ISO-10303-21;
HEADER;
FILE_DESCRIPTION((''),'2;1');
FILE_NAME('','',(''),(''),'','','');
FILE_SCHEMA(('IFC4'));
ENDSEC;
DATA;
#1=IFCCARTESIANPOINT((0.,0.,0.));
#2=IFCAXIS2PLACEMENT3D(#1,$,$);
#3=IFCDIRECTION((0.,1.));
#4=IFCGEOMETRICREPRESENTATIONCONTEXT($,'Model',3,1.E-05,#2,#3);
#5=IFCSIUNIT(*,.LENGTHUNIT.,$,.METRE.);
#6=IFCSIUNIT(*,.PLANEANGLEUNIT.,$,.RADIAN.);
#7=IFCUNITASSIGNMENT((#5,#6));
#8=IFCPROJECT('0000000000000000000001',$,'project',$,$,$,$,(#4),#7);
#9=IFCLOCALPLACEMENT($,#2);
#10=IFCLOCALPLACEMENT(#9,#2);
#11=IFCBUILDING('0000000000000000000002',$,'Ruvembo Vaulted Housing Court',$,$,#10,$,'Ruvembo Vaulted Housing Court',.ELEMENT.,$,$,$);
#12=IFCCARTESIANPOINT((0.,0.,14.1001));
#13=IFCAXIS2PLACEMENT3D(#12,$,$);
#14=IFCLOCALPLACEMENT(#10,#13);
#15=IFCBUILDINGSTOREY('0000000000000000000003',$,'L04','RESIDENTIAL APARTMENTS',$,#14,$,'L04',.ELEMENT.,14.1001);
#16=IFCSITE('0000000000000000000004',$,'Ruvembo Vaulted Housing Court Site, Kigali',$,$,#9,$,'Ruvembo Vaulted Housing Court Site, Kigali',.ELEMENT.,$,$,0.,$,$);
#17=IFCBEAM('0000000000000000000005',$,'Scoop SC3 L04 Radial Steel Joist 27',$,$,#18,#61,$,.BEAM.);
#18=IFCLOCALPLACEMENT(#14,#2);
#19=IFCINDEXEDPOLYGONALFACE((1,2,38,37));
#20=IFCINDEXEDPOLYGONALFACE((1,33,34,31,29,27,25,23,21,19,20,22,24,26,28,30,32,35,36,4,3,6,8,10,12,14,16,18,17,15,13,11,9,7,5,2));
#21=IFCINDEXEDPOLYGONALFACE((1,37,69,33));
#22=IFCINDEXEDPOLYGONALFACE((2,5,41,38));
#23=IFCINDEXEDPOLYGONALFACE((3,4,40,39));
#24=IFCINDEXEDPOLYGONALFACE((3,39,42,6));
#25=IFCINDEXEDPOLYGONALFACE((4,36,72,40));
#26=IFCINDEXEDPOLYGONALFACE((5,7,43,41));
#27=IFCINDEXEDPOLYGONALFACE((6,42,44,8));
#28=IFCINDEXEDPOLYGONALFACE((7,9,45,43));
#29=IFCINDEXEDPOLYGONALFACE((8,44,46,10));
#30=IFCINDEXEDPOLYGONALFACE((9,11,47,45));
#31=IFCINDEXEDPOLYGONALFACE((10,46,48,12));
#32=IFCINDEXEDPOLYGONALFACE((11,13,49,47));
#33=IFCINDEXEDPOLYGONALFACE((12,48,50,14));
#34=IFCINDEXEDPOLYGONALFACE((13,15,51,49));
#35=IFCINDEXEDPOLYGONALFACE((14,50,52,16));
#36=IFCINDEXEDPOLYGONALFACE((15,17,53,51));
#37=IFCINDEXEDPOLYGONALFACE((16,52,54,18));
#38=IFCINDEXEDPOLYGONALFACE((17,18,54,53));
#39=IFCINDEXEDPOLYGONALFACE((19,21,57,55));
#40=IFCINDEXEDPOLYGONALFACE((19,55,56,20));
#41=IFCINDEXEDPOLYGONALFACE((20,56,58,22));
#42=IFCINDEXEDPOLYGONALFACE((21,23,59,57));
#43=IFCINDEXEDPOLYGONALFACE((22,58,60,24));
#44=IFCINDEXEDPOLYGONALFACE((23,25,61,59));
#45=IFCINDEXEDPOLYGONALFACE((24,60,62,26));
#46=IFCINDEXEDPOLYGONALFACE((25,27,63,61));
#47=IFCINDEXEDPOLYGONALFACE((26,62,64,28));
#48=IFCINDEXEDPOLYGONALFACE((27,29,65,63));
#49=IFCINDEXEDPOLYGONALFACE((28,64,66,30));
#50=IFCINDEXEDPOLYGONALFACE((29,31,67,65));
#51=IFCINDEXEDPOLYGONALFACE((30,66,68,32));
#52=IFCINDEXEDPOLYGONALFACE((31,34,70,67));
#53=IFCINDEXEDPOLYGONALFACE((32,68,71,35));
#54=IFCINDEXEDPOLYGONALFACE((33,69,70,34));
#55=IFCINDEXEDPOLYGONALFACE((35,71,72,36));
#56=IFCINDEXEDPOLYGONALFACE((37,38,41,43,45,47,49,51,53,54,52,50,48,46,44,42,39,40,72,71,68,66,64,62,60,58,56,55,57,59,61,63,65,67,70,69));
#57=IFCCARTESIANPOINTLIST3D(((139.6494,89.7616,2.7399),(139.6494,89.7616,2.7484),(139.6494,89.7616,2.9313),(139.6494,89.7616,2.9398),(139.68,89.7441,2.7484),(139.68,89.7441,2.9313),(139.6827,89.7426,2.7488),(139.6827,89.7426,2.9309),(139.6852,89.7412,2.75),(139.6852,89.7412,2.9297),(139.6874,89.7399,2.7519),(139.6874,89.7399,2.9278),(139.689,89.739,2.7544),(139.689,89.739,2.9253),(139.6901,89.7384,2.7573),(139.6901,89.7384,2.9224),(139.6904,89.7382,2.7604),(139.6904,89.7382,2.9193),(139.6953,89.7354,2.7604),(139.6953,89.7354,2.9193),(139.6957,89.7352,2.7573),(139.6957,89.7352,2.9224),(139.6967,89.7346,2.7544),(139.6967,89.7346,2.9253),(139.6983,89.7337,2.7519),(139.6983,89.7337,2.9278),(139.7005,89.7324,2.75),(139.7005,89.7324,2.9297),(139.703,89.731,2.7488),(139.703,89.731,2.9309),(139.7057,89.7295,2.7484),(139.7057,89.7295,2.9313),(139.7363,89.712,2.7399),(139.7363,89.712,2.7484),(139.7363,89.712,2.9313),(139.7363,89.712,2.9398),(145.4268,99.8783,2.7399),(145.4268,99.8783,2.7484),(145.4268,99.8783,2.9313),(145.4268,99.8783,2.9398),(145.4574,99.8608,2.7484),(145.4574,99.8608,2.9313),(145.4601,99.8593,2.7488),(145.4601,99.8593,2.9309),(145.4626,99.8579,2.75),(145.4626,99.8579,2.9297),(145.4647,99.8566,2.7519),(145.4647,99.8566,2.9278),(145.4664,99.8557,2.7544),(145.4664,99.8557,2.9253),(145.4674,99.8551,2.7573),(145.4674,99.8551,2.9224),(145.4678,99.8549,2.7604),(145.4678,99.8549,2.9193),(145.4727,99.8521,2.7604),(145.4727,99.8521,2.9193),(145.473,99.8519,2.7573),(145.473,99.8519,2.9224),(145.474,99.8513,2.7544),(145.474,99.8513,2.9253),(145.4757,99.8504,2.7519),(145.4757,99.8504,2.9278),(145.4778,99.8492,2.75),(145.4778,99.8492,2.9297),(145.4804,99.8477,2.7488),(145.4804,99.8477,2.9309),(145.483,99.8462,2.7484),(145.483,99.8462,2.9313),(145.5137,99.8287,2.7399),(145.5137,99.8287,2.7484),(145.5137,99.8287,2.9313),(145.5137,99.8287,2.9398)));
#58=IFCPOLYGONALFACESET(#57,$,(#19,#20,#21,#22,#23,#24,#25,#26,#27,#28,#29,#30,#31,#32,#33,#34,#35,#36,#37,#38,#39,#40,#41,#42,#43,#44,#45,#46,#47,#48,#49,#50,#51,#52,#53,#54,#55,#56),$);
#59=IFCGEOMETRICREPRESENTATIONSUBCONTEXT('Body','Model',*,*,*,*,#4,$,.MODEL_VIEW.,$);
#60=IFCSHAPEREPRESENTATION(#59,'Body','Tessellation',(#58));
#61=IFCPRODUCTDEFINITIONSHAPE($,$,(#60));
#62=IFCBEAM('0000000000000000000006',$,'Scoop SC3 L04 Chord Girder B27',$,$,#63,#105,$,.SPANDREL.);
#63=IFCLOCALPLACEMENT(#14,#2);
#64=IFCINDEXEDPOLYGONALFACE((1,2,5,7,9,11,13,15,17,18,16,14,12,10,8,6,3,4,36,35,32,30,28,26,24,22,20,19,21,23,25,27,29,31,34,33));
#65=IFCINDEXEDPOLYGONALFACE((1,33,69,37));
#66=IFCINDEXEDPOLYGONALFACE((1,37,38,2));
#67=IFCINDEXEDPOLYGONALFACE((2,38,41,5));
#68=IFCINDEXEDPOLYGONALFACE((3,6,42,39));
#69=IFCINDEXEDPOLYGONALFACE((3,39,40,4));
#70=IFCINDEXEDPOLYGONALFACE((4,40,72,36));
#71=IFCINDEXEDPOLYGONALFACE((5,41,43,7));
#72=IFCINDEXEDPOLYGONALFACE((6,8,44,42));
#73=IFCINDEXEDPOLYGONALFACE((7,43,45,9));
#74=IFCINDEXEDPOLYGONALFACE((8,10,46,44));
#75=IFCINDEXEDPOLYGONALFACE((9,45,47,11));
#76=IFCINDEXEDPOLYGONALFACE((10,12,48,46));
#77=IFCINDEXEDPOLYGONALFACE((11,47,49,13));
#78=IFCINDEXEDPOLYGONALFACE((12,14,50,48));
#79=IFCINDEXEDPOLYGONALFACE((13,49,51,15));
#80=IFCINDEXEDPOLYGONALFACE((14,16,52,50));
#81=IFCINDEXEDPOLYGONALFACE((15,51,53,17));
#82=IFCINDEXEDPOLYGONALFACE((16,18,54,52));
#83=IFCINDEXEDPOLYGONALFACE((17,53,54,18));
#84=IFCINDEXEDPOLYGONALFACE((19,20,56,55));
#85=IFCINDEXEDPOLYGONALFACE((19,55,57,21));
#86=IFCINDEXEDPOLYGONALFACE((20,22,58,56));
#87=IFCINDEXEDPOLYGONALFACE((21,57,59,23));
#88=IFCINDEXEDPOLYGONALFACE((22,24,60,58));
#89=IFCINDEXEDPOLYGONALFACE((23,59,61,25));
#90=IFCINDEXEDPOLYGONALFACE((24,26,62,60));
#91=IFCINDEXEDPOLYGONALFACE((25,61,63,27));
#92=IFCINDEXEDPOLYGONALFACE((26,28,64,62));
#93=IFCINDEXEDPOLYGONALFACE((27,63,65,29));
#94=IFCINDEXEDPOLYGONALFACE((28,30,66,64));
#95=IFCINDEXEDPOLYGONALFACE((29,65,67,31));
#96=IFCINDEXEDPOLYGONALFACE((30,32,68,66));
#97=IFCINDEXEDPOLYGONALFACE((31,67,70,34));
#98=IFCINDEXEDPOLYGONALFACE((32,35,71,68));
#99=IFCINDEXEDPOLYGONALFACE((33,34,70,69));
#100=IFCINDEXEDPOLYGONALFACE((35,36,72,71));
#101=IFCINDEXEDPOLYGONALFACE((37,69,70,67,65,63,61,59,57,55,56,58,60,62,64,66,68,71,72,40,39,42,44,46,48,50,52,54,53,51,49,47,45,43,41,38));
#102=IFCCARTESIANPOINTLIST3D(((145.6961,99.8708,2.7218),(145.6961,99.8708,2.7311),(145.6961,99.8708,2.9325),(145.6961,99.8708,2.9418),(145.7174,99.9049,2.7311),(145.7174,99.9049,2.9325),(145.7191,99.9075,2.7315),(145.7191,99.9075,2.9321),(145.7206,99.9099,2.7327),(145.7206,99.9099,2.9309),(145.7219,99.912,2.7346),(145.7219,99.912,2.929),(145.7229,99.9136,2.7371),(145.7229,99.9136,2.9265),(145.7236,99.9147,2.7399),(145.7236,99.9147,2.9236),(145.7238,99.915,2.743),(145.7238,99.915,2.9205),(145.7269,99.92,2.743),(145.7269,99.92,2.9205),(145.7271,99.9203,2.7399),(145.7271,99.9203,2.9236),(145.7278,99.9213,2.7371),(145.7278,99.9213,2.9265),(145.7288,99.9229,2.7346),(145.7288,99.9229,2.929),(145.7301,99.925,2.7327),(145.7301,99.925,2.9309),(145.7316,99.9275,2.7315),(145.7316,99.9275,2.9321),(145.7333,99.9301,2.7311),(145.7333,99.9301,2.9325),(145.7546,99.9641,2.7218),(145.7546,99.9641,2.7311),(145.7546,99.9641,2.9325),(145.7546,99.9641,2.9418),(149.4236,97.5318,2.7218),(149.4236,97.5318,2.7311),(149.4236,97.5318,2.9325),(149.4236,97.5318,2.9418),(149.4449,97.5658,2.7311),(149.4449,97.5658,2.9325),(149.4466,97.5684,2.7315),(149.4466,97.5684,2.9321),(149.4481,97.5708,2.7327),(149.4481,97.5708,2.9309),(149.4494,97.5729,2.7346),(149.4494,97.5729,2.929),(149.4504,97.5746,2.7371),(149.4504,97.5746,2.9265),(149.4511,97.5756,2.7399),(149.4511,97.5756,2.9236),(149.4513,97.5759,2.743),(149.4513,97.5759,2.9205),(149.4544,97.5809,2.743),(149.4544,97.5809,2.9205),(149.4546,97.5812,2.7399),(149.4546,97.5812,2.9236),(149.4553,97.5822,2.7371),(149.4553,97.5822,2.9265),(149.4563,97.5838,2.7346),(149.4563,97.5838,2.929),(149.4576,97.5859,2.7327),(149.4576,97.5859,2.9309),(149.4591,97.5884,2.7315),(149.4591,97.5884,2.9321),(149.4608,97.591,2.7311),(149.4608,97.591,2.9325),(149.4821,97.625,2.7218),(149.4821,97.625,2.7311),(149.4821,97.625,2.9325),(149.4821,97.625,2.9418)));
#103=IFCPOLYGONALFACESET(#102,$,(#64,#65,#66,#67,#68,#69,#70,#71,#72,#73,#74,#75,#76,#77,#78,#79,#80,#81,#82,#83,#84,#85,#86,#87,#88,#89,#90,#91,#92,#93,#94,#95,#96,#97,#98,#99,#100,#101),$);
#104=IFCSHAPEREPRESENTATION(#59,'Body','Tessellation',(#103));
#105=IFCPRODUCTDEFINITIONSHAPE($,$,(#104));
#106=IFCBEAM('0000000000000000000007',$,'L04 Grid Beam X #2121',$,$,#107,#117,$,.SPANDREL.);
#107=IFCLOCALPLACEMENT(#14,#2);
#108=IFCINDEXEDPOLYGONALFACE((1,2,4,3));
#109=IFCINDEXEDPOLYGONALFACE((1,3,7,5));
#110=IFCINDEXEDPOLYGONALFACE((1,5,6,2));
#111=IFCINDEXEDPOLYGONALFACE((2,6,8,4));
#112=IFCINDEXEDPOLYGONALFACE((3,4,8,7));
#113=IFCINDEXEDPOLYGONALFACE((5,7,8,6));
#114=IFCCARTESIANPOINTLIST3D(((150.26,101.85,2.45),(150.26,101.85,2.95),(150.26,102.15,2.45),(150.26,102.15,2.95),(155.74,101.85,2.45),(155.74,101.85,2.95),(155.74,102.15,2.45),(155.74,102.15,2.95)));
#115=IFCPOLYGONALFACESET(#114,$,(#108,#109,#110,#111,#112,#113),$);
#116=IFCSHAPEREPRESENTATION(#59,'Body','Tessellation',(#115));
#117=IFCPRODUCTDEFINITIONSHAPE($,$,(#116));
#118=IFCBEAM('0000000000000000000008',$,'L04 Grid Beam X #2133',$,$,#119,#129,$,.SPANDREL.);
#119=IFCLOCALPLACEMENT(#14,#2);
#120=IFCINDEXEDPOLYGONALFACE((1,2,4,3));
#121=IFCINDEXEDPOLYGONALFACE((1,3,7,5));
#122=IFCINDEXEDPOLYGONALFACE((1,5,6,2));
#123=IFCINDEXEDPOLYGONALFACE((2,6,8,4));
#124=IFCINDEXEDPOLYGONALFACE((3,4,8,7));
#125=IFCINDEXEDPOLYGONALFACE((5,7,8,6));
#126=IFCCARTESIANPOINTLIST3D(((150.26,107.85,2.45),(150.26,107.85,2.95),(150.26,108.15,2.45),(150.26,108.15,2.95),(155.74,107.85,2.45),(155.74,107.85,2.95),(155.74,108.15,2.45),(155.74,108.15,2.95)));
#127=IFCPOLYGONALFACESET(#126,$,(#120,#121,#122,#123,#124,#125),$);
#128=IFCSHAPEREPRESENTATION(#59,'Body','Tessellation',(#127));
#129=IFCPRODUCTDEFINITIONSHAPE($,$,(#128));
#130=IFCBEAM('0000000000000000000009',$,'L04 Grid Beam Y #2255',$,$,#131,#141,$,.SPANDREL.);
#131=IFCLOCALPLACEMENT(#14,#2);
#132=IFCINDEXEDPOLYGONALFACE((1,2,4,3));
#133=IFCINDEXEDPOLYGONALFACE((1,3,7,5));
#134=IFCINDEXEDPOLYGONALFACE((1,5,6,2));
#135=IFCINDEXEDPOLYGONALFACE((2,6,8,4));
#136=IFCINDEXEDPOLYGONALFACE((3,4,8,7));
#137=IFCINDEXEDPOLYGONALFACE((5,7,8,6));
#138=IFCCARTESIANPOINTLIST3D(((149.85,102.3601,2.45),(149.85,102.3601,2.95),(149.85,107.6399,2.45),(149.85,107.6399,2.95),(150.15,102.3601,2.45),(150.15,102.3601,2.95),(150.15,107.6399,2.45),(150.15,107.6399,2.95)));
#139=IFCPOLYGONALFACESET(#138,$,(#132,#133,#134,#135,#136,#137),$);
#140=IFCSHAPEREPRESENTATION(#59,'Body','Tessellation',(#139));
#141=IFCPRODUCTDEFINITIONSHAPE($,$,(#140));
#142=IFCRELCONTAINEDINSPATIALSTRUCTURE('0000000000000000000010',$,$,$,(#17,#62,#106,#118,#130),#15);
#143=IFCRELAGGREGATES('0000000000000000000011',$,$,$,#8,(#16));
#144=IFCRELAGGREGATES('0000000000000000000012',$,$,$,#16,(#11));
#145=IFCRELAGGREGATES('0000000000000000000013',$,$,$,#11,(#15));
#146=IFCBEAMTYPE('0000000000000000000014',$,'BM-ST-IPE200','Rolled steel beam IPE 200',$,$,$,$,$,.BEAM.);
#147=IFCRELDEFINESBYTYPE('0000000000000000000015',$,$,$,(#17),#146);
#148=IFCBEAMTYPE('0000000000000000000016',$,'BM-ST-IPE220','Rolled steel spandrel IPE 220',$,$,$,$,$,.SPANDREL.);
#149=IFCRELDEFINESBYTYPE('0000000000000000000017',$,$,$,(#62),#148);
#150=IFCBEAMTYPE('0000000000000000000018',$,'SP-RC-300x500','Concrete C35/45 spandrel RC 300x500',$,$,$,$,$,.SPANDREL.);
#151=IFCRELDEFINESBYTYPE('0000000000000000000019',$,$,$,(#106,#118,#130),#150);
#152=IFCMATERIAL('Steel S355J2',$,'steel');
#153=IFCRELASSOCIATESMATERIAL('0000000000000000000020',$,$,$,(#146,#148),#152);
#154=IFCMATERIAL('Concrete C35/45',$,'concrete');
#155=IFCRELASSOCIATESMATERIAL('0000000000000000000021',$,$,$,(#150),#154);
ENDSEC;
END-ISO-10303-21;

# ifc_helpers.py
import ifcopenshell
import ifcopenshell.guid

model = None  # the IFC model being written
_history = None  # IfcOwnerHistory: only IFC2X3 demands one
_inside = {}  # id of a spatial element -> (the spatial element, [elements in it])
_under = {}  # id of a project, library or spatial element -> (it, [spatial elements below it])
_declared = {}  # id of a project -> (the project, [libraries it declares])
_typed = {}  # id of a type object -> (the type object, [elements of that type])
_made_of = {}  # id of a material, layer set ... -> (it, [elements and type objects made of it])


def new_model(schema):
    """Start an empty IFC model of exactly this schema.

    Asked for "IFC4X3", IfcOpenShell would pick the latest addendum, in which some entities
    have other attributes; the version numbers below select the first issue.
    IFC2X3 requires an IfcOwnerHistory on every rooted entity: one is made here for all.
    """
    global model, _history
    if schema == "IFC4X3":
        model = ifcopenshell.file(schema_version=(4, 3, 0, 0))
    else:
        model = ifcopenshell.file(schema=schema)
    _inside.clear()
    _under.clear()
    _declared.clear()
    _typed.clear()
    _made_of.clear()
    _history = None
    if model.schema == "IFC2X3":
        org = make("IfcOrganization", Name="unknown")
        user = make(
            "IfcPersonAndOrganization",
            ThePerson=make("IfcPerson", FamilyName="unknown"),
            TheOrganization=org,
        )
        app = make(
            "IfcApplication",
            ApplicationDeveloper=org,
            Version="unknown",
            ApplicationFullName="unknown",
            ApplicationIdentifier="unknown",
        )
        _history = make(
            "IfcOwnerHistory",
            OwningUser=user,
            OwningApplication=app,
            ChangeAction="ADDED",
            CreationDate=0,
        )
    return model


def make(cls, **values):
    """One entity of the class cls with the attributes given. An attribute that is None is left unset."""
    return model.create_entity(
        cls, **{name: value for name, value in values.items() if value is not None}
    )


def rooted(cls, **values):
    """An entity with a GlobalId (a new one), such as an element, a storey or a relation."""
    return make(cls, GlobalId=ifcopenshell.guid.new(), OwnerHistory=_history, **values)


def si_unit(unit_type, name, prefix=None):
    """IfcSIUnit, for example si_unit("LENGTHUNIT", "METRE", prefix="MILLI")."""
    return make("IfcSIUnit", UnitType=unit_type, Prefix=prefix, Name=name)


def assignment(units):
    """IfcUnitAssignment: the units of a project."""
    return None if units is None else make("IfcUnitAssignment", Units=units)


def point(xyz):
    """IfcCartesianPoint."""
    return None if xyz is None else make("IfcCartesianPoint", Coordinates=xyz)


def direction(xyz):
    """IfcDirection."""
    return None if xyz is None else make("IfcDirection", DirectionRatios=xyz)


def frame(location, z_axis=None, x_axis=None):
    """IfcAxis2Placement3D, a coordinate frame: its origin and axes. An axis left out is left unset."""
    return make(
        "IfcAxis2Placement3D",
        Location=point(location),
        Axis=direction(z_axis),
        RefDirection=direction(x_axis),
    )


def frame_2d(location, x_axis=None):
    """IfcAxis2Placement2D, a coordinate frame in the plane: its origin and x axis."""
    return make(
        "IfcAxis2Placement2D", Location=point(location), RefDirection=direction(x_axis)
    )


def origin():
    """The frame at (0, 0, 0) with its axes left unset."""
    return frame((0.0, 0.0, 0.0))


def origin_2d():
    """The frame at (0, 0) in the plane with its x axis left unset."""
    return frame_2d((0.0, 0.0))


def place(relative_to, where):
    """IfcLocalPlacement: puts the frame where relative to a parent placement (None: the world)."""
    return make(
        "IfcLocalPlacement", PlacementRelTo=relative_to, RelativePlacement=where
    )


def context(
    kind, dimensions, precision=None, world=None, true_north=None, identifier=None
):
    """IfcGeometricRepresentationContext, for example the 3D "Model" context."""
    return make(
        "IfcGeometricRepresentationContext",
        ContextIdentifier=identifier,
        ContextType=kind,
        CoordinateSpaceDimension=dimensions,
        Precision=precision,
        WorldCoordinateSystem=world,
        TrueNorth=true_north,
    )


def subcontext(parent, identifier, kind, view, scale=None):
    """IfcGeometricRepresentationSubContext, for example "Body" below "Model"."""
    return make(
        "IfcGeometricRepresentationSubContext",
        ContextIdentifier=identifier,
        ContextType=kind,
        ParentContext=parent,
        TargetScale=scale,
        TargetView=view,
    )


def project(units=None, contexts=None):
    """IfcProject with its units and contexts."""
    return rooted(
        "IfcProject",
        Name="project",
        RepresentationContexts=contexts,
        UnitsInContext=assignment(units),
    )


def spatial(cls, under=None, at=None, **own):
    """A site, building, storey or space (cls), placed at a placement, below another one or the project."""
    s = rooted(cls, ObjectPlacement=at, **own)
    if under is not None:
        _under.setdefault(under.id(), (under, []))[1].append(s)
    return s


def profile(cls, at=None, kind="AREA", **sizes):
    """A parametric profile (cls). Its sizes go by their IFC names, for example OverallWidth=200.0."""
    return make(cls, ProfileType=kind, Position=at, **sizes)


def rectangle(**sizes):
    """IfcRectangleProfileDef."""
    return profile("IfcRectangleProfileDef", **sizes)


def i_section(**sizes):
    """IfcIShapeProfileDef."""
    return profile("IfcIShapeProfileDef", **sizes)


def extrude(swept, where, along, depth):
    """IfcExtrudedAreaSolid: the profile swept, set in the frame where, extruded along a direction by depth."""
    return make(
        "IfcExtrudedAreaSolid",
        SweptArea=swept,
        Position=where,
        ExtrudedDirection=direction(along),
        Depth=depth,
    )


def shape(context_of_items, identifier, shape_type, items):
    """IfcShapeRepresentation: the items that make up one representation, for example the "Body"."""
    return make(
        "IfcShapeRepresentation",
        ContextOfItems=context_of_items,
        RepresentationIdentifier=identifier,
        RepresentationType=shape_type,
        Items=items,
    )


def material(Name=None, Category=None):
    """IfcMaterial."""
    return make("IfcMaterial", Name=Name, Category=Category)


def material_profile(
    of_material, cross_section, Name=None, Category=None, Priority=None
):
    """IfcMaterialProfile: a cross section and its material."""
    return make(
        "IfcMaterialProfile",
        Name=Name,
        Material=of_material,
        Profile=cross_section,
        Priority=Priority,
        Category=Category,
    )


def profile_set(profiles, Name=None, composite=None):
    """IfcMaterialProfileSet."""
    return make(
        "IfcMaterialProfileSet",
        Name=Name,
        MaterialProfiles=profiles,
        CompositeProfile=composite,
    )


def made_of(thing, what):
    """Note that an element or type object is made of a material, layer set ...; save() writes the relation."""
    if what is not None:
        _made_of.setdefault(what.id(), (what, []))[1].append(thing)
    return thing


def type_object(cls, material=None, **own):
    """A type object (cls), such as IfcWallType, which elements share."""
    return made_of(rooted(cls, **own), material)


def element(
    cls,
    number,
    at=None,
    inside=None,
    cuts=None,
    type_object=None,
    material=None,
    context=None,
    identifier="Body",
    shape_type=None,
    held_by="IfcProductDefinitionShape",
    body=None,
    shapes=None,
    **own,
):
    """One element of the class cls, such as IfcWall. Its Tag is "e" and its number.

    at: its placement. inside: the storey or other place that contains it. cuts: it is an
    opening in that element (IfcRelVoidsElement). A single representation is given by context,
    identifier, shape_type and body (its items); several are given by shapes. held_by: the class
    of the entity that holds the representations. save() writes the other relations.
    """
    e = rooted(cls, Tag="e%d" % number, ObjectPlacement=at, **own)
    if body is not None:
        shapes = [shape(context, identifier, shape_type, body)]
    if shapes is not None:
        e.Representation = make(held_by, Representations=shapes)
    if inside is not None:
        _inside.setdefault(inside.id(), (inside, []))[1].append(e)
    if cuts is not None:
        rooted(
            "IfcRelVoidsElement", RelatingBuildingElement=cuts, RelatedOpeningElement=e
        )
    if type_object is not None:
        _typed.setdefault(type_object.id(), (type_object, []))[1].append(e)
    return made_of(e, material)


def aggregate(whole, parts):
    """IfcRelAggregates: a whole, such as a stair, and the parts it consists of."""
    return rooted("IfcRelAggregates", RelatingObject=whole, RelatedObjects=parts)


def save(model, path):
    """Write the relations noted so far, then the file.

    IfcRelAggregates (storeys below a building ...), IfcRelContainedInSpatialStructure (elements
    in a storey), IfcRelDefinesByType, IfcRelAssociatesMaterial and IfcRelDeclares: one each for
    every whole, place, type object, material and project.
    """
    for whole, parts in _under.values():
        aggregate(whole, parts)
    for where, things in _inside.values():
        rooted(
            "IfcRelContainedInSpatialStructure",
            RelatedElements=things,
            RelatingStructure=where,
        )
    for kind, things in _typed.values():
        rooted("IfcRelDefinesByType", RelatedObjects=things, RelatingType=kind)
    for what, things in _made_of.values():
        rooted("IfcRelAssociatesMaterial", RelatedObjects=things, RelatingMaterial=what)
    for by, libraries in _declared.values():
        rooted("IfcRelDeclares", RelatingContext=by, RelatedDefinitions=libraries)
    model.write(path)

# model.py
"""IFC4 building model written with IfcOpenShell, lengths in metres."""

from ifc_helpers import new_model, si_unit, direction, frame, origin, origin_2d, place, context, subcontext, project, spatial, rectangle, i_section, extrude, material, material_profile, profile_set, type_object, element, save


model = new_model("IFC4")

# Units and contexts
model_context = context("Model", 3, precision=1e-05, world=origin(), true_north=direction((0.0, 1.0)))
body_context = subcontext(model_context, "Body", "Model", "MODEL_VIEW")
ifc_project = project(units=[si_unit("LENGTHUNIT", "METRE"), si_unit("PLANEANGLEUNIT", "RADIAN")], contexts=[model_context])

# Site, building, storey
site_placement = place(None, origin())
site = spatial("IfcSite", under=ifc_project, at=site_placement, Name="Ruvembo Vaulted Housing Court Site, Kigali", LongName="Ruvembo Vaulted Housing Court Site, Kigali", CompositionType="ELEMENT", RefElevation=0.0)
building_placement = place(site_placement, origin())
building = spatial("IfcBuilding", under=site, at=building_placement, Name="Ruvembo Vaulted Housing Court", LongName="Ruvembo Vaulted Housing Court", CompositionType="ELEMENT")
storey_placement = place(building_placement, frame((0.0, 0.0, 14.1001)))
storey = spatial("IfcBuildingStorey", under=building, at=storey_placement, Name="L04", Description="RESIDENTIAL APARTMENTS", LongName="L04", CompositionType="ELEMENT", Elevation=14.1001)

# Shared definitions
ifc_material_1 = material(Name="Concrete C35/45", Category="concrete")

# Beams
ifc_material_2 = material(Name="Steel S355J2", Category="steel")
ifc_material_profile_1 = material_profile(ifc_material_2, i_section(OverallWidth=0.1001, OverallDepth=0.2, WebThickness=0.0056, FlangeThickness=0.0085, FilletRadius=0.012, at=origin_2d()), Name="IPE 200")
ifc_profile_set_1 = profile_set([ifc_material_profile_1], Name="Steel S355J2")
beam_type_1 = type_object("IfcBeamType", Name="BM-ST-IPE200", Description="Rolled steel beam IPE 200", PredefinedType="BEAM", material=ifc_profile_set_1)
beam_1_placement = place(storey_placement, frame((145.4702, 99.8535, 2.8398), z_axis=(-0.495904, -0.868377, 0.0), x_axis=(0.868377, -0.495904, 0.0)))
element("IfcBeam", 1, at=beam_1_placement, inside=storey, type_object=beam_type_1, Name="Scoop SC3 L04 Radial Steel Joist 27", PredefinedType="BEAM", context=body_context, shape_type="SweptSolid", body=[
    extrude(i_section(OverallWidth=0.1001, OverallDepth=0.2, WebThickness=0.0056, FlangeThickness=0.0085, FilletRadius=0.012, at=origin_2d()), origin(), (0.0, 0.0, 1.0), 11.6501),
])
ifc_material_profile_2 = material_profile(ifc_material_2, i_section(OverallWidth=0.1101, OverallDepth=0.22, WebThickness=0.0059, FlangeThickness=0.0093, FilletRadius=0.012, at=origin_2d()), Name="IPE 220")
ifc_profile_set_2 = profile_set([ifc_material_profile_2], Name="Steel S355J2")
beam_type_2 = type_object("IfcBeamType", Name="BM-ST-IPE220", Description="Rolled steel spandrel IPE 220", PredefinedType="SPANDREL", material=ifc_profile_set_2)
beam_2_placement = place(storey_placement, frame((145.7253, 99.9175, 2.8318), z_axis=(0.847037, -0.531534, 0.0), x_axis=(0.531534, 0.847037, 0.0)))
element("IfcBeam", 2, at=beam_2_placement, inside=storey, type_object=beam_type_2, Name="Scoop SC3 L04 Chord Girder B27", PredefinedType="SPANDREL", context=body_context, shape_type="SweptSolid", body=[
    extrude(i_section(OverallWidth=0.1101, OverallDepth=0.22, WebThickness=0.0059, FlangeThickness=0.0093, FilletRadius=0.012, at=origin_2d()), origin(), (0.0, 0.0, 1.0), 4.4006),
])
ifc_material_profile_3 = material_profile(ifc_material_1, rectangle(XDim=0.3, YDim=0.5, at=origin_2d()), Name="RC 300x500")
ifc_profile_set_3 = profile_set([ifc_material_profile_3], Name="Concrete C35/45")
beam_type_3 = type_object("IfcBeamType", Name="SP-RC-300x500", Description="Concrete C35/45 spandrel RC 300x500", PredefinedType="SPANDREL", material=ifc_profile_set_3)
for number, where, z_axis, x_axis, name in (
    (3, (150.26, 102.0, 2.7), (1.0, 0.0, 0.0), (0.0, 1.0, 0.0), "L04 Grid Beam X #2121"),
    (4, (150.26, 108.0, 2.7), (1.0, 0.0, 0.0), (0.0, 1.0, 0.0), "L04 Grid Beam X #2133"),
):
    element("IfcBeam", number, at=place(storey_placement, frame(where, z_axis=z_axis, x_axis=x_axis)), inside=storey, type_object=beam_type_3, Name=name, PredefinedType="SPANDREL", context=body_context, shape_type="SweptSolid", body=[
        extrude(rectangle(XDim=0.3, YDim=0.5, at=origin_2d()), origin(), (0.0, 0.0, 1.0), 5.48),
    ])
beam_3_placement = place(storey_placement, frame((150.0, 102.3601, 2.7), z_axis=(0.0, 1.0, 0.0), x_axis=(-1.0, 0.0, 0.0)))
element("IfcBeam", 5, at=beam_3_placement, inside=storey, type_object=beam_type_3, Name="L04 Grid Beam Y #2255", PredefinedType="SPANDREL", context=body_context, shape_type="SweptSolid", body=[
    extrude(rectangle(XDim=0.3, YDim=0.5, at=origin_2d()), origin(), (0.0, 0.0, 1.0), 5.2798),
])

save(model, "model.ifc")
